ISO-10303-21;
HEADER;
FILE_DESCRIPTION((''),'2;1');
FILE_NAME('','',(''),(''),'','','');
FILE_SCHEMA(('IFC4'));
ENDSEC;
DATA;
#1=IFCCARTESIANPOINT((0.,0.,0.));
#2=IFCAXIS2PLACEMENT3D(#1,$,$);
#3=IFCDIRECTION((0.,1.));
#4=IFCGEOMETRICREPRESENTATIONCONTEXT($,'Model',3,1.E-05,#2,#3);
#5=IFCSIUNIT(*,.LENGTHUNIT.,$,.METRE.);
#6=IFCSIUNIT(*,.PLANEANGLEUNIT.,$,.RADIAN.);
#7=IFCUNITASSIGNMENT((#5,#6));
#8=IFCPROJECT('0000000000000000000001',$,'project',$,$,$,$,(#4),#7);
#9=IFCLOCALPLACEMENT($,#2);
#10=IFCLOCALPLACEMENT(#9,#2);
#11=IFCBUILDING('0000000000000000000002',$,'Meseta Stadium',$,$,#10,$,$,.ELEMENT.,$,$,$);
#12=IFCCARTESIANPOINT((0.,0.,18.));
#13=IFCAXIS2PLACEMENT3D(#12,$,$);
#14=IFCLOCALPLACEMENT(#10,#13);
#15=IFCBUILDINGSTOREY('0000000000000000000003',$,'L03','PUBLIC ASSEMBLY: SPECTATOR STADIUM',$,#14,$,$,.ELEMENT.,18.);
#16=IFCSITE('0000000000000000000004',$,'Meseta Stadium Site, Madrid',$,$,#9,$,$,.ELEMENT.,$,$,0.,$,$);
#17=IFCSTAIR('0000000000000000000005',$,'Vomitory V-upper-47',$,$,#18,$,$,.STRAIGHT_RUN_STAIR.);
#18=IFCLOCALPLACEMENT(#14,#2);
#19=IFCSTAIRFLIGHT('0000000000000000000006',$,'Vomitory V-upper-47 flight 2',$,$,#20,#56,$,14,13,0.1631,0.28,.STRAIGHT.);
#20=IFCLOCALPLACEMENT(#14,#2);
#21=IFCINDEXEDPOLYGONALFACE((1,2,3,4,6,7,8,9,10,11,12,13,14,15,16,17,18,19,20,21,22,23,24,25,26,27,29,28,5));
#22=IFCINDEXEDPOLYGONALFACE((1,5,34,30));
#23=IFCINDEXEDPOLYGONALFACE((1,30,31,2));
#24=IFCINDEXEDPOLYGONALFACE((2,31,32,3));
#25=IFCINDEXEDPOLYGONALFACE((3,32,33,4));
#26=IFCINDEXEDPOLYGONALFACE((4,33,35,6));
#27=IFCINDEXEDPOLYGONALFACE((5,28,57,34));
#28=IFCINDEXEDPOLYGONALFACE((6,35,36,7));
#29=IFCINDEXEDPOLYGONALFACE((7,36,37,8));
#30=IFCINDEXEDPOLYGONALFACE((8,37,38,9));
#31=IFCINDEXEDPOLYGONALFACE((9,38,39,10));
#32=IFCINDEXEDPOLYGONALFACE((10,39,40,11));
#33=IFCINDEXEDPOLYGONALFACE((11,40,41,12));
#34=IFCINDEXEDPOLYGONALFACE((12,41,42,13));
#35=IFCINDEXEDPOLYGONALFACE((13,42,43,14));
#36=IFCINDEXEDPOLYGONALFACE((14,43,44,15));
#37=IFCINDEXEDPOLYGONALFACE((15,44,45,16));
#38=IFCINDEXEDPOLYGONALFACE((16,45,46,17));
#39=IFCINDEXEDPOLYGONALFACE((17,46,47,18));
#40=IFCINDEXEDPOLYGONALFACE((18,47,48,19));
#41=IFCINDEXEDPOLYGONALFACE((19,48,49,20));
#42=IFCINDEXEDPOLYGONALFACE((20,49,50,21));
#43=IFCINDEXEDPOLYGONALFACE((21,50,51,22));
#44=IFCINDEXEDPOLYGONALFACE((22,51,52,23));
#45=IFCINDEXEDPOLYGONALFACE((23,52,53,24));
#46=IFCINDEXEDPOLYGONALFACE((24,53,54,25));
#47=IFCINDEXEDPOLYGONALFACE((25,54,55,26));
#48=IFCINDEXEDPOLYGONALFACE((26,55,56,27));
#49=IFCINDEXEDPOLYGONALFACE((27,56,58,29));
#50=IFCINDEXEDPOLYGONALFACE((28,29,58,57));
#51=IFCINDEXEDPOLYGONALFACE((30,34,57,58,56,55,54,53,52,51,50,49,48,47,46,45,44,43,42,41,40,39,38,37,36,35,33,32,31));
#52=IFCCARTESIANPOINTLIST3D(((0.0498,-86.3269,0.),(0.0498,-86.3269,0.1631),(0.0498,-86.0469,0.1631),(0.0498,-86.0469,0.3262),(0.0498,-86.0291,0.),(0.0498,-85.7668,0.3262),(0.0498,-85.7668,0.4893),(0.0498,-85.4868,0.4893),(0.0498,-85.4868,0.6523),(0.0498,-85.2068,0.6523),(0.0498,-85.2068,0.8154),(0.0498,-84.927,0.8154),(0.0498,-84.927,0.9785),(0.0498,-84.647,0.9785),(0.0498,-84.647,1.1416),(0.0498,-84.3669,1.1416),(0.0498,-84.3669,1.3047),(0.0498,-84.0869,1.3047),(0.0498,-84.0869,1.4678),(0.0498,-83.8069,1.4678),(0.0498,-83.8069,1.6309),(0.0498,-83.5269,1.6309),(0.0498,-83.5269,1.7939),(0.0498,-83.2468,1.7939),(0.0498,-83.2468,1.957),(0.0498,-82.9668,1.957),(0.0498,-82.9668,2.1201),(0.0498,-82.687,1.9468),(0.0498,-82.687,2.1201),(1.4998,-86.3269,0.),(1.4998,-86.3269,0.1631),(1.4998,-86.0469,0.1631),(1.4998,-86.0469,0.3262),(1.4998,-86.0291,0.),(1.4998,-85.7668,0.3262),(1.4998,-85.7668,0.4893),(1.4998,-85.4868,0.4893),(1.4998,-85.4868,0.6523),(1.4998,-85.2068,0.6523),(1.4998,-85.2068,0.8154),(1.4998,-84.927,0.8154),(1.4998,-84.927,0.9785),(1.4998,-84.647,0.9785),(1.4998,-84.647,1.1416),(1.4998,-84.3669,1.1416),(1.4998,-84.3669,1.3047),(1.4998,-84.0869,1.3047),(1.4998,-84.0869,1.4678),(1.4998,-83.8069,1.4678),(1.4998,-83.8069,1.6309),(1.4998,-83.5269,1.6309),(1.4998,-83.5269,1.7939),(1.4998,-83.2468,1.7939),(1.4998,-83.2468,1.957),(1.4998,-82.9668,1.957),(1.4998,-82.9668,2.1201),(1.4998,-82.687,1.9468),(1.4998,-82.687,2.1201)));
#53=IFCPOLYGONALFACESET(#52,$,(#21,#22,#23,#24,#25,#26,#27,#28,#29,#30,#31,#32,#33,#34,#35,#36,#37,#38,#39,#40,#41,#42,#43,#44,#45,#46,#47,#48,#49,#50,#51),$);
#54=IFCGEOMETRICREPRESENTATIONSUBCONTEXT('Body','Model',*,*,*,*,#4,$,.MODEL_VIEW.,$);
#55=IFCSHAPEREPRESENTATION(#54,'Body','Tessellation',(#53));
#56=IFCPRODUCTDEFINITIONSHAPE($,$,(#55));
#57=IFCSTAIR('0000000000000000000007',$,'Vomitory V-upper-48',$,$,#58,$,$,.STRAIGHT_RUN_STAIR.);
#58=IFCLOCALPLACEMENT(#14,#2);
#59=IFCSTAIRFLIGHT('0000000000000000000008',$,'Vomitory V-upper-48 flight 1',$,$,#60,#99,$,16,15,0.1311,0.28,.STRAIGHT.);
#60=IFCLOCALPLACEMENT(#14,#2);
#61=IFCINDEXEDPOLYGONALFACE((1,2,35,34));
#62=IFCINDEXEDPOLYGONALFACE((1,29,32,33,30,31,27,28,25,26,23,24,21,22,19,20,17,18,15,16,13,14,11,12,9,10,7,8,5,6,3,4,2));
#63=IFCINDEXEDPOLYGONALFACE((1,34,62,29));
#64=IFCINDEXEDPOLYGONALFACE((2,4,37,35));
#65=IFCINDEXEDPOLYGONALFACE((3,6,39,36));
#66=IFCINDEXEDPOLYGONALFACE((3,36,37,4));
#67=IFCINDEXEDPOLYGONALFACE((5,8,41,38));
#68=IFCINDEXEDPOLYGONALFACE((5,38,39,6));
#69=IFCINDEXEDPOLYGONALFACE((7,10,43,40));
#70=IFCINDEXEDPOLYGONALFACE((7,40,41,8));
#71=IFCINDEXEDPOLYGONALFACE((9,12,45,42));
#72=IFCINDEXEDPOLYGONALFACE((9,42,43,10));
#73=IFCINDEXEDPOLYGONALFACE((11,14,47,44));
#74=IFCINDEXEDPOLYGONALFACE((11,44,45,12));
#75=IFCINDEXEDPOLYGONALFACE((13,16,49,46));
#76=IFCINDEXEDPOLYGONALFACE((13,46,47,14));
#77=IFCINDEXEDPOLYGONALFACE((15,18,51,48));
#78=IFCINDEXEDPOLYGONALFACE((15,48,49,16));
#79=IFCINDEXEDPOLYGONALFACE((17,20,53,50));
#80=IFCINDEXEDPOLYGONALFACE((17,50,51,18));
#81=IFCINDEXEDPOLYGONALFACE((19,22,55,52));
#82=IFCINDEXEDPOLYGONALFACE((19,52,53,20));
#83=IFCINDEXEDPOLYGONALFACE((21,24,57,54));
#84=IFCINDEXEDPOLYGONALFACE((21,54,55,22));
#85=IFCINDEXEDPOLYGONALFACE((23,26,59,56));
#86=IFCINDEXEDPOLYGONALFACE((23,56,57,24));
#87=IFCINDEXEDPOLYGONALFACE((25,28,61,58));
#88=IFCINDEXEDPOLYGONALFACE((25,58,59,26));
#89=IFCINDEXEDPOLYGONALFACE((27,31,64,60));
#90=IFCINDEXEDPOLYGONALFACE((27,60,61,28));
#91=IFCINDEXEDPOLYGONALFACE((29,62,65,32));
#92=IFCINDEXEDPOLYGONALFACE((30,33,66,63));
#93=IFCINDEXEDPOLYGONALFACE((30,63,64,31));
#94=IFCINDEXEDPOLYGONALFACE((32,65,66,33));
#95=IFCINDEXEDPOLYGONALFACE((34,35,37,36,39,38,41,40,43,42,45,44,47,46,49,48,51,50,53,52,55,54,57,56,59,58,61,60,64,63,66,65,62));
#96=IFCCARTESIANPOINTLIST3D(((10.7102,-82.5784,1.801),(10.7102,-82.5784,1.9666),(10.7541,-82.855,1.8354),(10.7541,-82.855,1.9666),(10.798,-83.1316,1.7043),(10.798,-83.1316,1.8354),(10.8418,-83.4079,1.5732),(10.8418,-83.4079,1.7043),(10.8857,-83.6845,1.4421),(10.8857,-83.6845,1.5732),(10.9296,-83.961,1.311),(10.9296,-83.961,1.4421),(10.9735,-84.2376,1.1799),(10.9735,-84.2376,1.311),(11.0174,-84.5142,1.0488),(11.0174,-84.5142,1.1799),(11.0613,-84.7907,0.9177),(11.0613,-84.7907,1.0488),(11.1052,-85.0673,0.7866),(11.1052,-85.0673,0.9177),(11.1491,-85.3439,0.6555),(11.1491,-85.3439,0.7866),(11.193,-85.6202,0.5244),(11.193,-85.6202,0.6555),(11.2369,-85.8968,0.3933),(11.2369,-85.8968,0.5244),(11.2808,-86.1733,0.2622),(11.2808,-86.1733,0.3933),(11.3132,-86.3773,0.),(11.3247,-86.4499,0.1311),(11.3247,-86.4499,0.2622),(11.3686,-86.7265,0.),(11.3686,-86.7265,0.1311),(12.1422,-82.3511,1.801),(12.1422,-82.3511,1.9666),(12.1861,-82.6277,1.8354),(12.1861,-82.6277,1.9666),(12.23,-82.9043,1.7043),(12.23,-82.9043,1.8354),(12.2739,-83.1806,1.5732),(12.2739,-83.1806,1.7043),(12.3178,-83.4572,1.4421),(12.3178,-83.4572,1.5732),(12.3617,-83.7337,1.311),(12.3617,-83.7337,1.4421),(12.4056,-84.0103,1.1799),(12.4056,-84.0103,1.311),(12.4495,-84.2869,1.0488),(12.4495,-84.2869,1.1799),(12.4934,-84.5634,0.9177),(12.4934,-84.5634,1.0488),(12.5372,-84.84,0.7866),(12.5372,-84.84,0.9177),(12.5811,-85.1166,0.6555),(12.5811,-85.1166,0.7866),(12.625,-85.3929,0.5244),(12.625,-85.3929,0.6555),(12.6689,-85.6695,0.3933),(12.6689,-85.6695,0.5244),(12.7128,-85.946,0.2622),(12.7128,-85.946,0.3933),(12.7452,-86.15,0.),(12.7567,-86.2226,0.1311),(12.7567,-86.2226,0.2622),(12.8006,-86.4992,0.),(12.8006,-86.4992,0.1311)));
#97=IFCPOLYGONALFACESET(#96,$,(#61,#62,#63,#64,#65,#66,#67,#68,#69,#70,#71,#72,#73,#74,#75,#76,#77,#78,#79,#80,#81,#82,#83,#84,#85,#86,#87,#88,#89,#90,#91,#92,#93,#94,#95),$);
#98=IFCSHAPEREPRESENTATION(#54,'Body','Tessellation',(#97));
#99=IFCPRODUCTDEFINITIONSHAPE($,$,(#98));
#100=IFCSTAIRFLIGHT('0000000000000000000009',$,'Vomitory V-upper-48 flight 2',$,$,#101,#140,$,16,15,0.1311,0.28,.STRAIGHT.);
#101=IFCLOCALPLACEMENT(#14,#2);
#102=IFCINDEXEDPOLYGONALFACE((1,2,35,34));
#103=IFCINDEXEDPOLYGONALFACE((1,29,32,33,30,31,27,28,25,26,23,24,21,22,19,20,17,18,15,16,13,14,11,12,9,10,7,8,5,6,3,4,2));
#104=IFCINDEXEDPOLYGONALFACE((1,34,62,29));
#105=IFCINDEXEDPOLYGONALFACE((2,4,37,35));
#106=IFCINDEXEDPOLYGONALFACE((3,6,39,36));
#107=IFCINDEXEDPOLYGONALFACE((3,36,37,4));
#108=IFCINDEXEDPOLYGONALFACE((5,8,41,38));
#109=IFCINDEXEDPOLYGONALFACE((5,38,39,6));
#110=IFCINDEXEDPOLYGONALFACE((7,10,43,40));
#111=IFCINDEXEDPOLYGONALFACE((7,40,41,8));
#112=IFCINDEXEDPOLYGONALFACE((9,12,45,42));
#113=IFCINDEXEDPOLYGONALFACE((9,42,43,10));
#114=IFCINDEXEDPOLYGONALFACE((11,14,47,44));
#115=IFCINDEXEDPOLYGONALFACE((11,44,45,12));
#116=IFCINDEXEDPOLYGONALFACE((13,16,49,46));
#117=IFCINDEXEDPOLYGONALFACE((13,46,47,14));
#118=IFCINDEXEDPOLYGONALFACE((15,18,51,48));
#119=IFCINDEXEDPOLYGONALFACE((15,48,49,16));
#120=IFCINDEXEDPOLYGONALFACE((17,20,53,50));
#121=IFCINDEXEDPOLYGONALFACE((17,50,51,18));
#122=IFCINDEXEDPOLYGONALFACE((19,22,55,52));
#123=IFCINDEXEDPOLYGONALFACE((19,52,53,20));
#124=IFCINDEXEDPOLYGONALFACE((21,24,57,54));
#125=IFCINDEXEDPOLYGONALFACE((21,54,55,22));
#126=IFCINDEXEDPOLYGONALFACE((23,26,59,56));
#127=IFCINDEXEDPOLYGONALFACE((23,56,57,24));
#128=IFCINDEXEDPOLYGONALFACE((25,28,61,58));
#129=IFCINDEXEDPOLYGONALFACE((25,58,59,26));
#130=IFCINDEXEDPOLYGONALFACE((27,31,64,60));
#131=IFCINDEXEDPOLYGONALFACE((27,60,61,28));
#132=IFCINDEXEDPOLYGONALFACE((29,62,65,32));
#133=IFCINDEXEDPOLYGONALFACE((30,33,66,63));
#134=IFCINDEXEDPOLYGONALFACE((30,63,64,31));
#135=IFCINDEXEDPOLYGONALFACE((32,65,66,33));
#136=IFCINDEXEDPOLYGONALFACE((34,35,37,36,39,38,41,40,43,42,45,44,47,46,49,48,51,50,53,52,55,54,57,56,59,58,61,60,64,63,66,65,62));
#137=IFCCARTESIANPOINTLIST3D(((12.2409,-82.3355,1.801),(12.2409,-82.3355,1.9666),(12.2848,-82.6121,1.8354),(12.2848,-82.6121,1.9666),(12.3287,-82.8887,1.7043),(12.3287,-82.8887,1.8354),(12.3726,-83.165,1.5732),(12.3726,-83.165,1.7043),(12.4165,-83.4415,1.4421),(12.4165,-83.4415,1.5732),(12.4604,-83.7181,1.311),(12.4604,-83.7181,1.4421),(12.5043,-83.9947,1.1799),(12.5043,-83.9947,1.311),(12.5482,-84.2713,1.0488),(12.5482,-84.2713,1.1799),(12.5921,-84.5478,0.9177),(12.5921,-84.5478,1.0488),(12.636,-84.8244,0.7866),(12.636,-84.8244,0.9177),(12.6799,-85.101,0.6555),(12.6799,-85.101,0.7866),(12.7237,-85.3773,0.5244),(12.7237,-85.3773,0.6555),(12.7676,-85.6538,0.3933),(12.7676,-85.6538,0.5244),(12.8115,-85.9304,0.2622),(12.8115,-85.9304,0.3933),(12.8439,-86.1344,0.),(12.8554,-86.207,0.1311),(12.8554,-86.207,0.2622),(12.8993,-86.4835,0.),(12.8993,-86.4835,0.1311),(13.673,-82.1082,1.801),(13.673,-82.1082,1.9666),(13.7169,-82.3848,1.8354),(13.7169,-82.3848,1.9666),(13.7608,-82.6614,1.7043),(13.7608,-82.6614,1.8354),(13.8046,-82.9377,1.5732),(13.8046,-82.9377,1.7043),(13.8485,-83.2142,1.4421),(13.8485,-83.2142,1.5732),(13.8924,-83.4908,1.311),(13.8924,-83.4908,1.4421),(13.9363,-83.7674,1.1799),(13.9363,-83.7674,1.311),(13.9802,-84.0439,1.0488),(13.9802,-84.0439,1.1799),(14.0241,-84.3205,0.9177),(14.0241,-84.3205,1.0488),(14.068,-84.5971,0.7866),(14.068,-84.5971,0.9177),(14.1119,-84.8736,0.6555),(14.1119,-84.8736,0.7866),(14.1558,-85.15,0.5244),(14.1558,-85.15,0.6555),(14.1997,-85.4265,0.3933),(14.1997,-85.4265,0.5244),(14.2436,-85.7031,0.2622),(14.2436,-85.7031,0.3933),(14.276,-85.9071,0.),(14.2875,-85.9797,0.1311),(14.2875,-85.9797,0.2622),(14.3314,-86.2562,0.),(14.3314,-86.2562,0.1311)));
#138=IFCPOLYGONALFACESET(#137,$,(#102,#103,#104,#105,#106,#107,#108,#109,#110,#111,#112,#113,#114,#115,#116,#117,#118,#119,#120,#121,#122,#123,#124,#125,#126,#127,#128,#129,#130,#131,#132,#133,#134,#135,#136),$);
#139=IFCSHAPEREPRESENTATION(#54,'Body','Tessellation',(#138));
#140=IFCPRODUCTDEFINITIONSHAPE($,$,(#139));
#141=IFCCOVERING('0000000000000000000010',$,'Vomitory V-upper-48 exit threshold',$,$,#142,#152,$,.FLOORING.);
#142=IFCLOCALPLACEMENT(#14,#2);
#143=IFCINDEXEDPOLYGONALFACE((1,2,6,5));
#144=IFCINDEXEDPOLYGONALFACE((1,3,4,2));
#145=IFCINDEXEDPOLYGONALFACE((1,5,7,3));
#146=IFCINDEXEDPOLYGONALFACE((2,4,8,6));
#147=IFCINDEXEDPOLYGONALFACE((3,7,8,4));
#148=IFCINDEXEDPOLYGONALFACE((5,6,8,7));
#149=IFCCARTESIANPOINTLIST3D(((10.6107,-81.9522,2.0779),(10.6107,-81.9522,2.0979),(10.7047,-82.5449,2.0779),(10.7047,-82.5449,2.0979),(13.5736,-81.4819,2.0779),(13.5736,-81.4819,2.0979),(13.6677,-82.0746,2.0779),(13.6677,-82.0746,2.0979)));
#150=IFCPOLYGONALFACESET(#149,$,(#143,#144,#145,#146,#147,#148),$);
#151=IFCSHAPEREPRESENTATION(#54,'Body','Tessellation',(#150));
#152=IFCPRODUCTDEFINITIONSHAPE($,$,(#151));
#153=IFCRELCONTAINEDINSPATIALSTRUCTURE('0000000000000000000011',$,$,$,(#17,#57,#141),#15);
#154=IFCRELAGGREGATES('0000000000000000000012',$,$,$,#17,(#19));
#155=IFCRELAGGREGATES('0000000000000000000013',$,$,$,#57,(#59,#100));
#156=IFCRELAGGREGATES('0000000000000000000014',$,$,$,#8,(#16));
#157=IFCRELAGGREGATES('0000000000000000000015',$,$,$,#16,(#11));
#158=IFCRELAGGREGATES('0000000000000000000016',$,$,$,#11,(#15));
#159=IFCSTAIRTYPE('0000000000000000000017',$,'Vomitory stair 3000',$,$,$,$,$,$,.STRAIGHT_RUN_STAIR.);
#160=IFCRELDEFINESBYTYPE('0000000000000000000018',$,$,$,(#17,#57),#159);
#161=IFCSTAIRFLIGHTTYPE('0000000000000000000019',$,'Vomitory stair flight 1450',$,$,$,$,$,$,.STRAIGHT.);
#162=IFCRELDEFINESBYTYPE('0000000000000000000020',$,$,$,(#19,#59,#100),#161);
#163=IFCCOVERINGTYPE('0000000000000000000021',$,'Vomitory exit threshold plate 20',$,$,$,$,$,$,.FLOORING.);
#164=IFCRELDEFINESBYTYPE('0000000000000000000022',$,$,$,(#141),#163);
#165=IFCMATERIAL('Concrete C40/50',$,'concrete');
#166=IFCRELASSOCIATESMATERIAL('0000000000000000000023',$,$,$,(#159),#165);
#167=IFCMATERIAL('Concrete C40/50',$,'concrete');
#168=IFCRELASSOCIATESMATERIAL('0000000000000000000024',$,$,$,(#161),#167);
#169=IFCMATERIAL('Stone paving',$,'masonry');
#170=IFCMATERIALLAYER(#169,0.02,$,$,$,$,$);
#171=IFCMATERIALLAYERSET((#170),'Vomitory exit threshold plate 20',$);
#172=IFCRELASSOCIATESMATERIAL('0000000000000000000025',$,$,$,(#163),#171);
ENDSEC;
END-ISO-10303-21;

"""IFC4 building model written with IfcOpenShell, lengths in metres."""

from ifc_helpers import new_model, si_unit, direction, frame, origin, origin_2d, place, context, subcontext, project, spatial, polyline, rectangle, outline, extrude, material, layer, layer_set, type_object, element, aggregate, save


model = new_model("IFC4")

# Units and contexts
model_context = context("Model", 3, precision=1e-05, world=origin(), true_north=direction((0.0, 1.0)))
body_context = subcontext(model_context, "Body", "Model", "MODEL_VIEW")
ifc_project = project(units=[si_unit("LENGTHUNIT", "METRE"), si_unit("PLANEANGLEUNIT", "RADIAN")], contexts=[model_context])

# Site, building, storey
site_placement = place(None, origin())
site = spatial("IfcSite", under=ifc_project, at=site_placement, Name="Meseta Stadium Site, Madrid", CompositionType="ELEMENT", RefElevation=0.0)
building_placement = place(site_placement, origin())
building = spatial("IfcBuilding", under=site, at=building_placement, Name="Meseta Stadium", CompositionType="ELEMENT")
storey_placement = place(building_placement, frame((0.0, 0.0, 18.0)))
storey = spatial("IfcBuildingStorey", under=building, at=storey_placement, Name="L03", Description="PUBLIC ASSEMBLY: SPECTATOR STADIUM", CompositionType="ELEMENT", Elevation=18.0)

# Stair, stair flight
ifc_material_1 = material(Name="Concrete C40/50", Category="concrete")
stair_type = type_object("IfcStairType", Name="Vomitory stair 3000", PredefinedType="STRAIGHT_RUN_STAIR", material=ifc_material_1)
stair_1_placement = place(storey_placement, origin())
stair_1 = element("IfcStair", 1, at=stair_1_placement, inside=storey, type_object=stair_type, Name="Vomitory V-upper-47", PredefinedType="STRAIGHT_RUN_STAIR")
ifc_material_2 = material(Name="Concrete C40/50", Category="concrete")
stair_flight_type = type_object("IfcStairFlightType", Name="Vomitory stair flight 1450", PredefinedType="STRAIGHT", material=ifc_material_2)
stair_flight_1_placement = place(storey_placement, frame((0.7749, -86.3269, 0.0), z_axis=(0.0, 0.0, 1.0), x_axis=(0.0, 1.0, 0.0)))
stair_flight_1 = element("IfcStairFlight", 2, at=stair_flight_1_placement, type_object=stair_flight_type, Name="Vomitory V-upper-47 flight 2", NumberOfRisers=14, NumberOfTreads=13, PredefinedType="STRAIGHT", RiserHeight=0.1631, TreadLength=0.28, context=body_context, shape_type="SweptSolid", body=[
    extrude(outline(polyline([(0.0, 0.0), (0.0, 0.1631), (0.28, 0.1631), (0.28, 0.3262), (0.5601, 0.3262), (0.5601, 0.4893), (0.8401, 0.4893), (0.8401, 0.6523), (1.1201, 0.6523), (1.1201, 0.8154), (1.3999, 0.8154), (1.3999, 0.9785), (1.6799, 0.9785), (1.6799, 1.1416), (1.96, 1.1416), (1.96, 1.3047), (2.24, 1.3047), (2.24, 1.4678), (2.52, 1.4678), (2.52, 1.6309), (2.8, 1.6309), (2.8, 1.7939), (3.0801, 1.7939), (3.0801, 1.957), (3.3601, 1.957), (3.3601, 2.1201), (3.6399, 2.1201), (3.6399, 1.9468), (0.2979, 0.0), (0.0, 0.0)])), frame((0.0, 0.7251, 0.0), z_axis=(0.0, -1.0, 0.0), x_axis=(1.0, 0.0, 0.0)), (0.0, 0.0, 1.0), 1.45),
])
aggregate(stair_1, [stair_flight_1])

# Stair, stair flights
stair_2_placement = place(storey_placement, origin())
stair_2 = element("IfcStair", 3, at=stair_2_placement, inside=storey, type_object=stair_type, Name="Vomitory V-upper-48", PredefinedType="STRAIGHT_RUN_STAIR")
stair_flight_2_placement = place(storey_placement, frame((12.0847, -86.6128, 0.0), z_axis=(0.0, 0.0, 1.0), x_axis=(-0.156767, 0.987636, 0.0)))
stair_flight_2 = element("IfcStairFlight", 4, at=stair_flight_2_placement, type_object=stair_flight_type, Name="Vomitory V-upper-48 flight 1", NumberOfRisers=16, NumberOfTreads=15, PredefinedType="STRAIGHT", RiserHeight=0.1311, TreadLength=0.28, context=body_context, shape_type="SweptSolid", body=[
    extrude(outline(polyline([(0.0, 0.0), (0.0, 0.1311), (0.28, 0.1311), (0.28, 0.2622), (0.5601, 0.2622), (0.5601, 0.3933), (0.8401, 0.3933), (0.8401, 0.5244), (1.1201, 0.5244), (1.1201, 0.6555), (1.3999, 0.6555), (1.3999, 0.7866), (1.6799, 0.7866), (1.6799, 0.9177), (1.96, 0.9177), (1.96, 1.0488), (2.24, 1.0488), (2.24, 1.1799), (2.52, 1.1799), (2.52, 1.311), (2.8, 1.311), (2.8, 1.4421), (3.0801, 1.4421), (3.0801, 1.5732), (3.3601, 1.5732), (3.3601, 1.7043), (3.6399, 1.7043), (3.6399, 1.8354), (3.9199, 1.8354), (3.9199, 1.9666), (4.2, 1.9666), (4.2, 1.801), (0.3535, 0.0), (0.0, 0.0)])), frame((0.0, 0.7251, 0.0), z_axis=(0.0, -1.0, 0.0), x_axis=(1.0, 0.0, 0.0)), (0.0, 0.0, 1.0), 1.45),
])
stair_flight_3_placement = place(storey_placement, frame((13.6155, -86.3699, 0.0), z_axis=(0.0, 0.0, 1.0), x_axis=(-0.156767, 0.987636, 0.0)))
stair_flight_3 = element("IfcStairFlight", 5, at=stair_flight_3_placement, type_object=stair_flight_type, Name="Vomitory V-upper-48 flight 2", NumberOfRisers=16, NumberOfTreads=15, PredefinedType="STRAIGHT", RiserHeight=0.1311, TreadLength=0.28, context=body_context, shape_type="SweptSolid", body=[
    extrude(outline(polyline([(0.0, 0.0), (0.0, 0.1311), (0.28, 0.1311), (0.28, 0.2622), (0.5601, 0.2622), (0.5601, 0.3933), (0.8401, 0.3933), (0.8401, 0.5244), (1.1201, 0.5244), (1.1201, 0.6555), (1.3999, 0.6555), (1.3999, 0.7866), (1.6799, 0.7866), (1.6799, 0.9177), (1.96, 0.9177), (1.96, 1.0488), (2.24, 1.0488), (2.24, 1.1799), (2.52, 1.1799), (2.52, 1.311), (2.8, 1.311), (2.8, 1.4421), (3.0801, 1.4421), (3.0801, 1.5732), (3.3601, 1.5732), (3.3601, 1.7043), (3.6399, 1.7043), (3.6399, 1.8354), (3.9199, 1.8354), (3.9199, 1.9666), (4.2, 1.9666), (4.2, 1.801), (0.3535, 0.0), (0.0, 0.0)])), frame((0.0, 0.7251, 0.0), z_axis=(0.0, -1.0, 0.0), x_axis=(1.0, 0.0, 0.0)), (0.0, 0.0, 1.0), 1.45),
])
aggregate(stair_2, [stair_flight_2, stair_flight_3])

# Covering
ifc_material_3 = material(Name="Stone paving", Category="masonry")
ifc_layer_1 = layer(ifc_material_3, 0.02)
ifc_layer_set_1 = layer_set([ifc_layer_1], Name="Vomitory exit threshold plate 20")
covering_type = type_object("IfcCoveringType", Name="Vomitory exit threshold plate 20", PredefinedType="FLOORING", material=ifc_layer_set_1)
covering_placement = place(storey_placement, frame((12.1392, -82.0134, 2.0779), z_axis=(0.0, 0.0, 1.0), x_axis=(-0.156767, 0.987636, 0.0)))
element("IfcCovering", 6, at=covering_placement, inside=storey, type_object=covering_type, Name="Vomitory V-upper-48 exit threshold", PredefinedType="FLOORING", context=body_context, shape_type="SweptSolid", body=[
    extrude(rectangle(XDim=0.6001, YDim=3.0, at=origin_2d()), origin(), (0.0, 0.0, 1.0), 0.02),
])

save(model, "model.ifc")
